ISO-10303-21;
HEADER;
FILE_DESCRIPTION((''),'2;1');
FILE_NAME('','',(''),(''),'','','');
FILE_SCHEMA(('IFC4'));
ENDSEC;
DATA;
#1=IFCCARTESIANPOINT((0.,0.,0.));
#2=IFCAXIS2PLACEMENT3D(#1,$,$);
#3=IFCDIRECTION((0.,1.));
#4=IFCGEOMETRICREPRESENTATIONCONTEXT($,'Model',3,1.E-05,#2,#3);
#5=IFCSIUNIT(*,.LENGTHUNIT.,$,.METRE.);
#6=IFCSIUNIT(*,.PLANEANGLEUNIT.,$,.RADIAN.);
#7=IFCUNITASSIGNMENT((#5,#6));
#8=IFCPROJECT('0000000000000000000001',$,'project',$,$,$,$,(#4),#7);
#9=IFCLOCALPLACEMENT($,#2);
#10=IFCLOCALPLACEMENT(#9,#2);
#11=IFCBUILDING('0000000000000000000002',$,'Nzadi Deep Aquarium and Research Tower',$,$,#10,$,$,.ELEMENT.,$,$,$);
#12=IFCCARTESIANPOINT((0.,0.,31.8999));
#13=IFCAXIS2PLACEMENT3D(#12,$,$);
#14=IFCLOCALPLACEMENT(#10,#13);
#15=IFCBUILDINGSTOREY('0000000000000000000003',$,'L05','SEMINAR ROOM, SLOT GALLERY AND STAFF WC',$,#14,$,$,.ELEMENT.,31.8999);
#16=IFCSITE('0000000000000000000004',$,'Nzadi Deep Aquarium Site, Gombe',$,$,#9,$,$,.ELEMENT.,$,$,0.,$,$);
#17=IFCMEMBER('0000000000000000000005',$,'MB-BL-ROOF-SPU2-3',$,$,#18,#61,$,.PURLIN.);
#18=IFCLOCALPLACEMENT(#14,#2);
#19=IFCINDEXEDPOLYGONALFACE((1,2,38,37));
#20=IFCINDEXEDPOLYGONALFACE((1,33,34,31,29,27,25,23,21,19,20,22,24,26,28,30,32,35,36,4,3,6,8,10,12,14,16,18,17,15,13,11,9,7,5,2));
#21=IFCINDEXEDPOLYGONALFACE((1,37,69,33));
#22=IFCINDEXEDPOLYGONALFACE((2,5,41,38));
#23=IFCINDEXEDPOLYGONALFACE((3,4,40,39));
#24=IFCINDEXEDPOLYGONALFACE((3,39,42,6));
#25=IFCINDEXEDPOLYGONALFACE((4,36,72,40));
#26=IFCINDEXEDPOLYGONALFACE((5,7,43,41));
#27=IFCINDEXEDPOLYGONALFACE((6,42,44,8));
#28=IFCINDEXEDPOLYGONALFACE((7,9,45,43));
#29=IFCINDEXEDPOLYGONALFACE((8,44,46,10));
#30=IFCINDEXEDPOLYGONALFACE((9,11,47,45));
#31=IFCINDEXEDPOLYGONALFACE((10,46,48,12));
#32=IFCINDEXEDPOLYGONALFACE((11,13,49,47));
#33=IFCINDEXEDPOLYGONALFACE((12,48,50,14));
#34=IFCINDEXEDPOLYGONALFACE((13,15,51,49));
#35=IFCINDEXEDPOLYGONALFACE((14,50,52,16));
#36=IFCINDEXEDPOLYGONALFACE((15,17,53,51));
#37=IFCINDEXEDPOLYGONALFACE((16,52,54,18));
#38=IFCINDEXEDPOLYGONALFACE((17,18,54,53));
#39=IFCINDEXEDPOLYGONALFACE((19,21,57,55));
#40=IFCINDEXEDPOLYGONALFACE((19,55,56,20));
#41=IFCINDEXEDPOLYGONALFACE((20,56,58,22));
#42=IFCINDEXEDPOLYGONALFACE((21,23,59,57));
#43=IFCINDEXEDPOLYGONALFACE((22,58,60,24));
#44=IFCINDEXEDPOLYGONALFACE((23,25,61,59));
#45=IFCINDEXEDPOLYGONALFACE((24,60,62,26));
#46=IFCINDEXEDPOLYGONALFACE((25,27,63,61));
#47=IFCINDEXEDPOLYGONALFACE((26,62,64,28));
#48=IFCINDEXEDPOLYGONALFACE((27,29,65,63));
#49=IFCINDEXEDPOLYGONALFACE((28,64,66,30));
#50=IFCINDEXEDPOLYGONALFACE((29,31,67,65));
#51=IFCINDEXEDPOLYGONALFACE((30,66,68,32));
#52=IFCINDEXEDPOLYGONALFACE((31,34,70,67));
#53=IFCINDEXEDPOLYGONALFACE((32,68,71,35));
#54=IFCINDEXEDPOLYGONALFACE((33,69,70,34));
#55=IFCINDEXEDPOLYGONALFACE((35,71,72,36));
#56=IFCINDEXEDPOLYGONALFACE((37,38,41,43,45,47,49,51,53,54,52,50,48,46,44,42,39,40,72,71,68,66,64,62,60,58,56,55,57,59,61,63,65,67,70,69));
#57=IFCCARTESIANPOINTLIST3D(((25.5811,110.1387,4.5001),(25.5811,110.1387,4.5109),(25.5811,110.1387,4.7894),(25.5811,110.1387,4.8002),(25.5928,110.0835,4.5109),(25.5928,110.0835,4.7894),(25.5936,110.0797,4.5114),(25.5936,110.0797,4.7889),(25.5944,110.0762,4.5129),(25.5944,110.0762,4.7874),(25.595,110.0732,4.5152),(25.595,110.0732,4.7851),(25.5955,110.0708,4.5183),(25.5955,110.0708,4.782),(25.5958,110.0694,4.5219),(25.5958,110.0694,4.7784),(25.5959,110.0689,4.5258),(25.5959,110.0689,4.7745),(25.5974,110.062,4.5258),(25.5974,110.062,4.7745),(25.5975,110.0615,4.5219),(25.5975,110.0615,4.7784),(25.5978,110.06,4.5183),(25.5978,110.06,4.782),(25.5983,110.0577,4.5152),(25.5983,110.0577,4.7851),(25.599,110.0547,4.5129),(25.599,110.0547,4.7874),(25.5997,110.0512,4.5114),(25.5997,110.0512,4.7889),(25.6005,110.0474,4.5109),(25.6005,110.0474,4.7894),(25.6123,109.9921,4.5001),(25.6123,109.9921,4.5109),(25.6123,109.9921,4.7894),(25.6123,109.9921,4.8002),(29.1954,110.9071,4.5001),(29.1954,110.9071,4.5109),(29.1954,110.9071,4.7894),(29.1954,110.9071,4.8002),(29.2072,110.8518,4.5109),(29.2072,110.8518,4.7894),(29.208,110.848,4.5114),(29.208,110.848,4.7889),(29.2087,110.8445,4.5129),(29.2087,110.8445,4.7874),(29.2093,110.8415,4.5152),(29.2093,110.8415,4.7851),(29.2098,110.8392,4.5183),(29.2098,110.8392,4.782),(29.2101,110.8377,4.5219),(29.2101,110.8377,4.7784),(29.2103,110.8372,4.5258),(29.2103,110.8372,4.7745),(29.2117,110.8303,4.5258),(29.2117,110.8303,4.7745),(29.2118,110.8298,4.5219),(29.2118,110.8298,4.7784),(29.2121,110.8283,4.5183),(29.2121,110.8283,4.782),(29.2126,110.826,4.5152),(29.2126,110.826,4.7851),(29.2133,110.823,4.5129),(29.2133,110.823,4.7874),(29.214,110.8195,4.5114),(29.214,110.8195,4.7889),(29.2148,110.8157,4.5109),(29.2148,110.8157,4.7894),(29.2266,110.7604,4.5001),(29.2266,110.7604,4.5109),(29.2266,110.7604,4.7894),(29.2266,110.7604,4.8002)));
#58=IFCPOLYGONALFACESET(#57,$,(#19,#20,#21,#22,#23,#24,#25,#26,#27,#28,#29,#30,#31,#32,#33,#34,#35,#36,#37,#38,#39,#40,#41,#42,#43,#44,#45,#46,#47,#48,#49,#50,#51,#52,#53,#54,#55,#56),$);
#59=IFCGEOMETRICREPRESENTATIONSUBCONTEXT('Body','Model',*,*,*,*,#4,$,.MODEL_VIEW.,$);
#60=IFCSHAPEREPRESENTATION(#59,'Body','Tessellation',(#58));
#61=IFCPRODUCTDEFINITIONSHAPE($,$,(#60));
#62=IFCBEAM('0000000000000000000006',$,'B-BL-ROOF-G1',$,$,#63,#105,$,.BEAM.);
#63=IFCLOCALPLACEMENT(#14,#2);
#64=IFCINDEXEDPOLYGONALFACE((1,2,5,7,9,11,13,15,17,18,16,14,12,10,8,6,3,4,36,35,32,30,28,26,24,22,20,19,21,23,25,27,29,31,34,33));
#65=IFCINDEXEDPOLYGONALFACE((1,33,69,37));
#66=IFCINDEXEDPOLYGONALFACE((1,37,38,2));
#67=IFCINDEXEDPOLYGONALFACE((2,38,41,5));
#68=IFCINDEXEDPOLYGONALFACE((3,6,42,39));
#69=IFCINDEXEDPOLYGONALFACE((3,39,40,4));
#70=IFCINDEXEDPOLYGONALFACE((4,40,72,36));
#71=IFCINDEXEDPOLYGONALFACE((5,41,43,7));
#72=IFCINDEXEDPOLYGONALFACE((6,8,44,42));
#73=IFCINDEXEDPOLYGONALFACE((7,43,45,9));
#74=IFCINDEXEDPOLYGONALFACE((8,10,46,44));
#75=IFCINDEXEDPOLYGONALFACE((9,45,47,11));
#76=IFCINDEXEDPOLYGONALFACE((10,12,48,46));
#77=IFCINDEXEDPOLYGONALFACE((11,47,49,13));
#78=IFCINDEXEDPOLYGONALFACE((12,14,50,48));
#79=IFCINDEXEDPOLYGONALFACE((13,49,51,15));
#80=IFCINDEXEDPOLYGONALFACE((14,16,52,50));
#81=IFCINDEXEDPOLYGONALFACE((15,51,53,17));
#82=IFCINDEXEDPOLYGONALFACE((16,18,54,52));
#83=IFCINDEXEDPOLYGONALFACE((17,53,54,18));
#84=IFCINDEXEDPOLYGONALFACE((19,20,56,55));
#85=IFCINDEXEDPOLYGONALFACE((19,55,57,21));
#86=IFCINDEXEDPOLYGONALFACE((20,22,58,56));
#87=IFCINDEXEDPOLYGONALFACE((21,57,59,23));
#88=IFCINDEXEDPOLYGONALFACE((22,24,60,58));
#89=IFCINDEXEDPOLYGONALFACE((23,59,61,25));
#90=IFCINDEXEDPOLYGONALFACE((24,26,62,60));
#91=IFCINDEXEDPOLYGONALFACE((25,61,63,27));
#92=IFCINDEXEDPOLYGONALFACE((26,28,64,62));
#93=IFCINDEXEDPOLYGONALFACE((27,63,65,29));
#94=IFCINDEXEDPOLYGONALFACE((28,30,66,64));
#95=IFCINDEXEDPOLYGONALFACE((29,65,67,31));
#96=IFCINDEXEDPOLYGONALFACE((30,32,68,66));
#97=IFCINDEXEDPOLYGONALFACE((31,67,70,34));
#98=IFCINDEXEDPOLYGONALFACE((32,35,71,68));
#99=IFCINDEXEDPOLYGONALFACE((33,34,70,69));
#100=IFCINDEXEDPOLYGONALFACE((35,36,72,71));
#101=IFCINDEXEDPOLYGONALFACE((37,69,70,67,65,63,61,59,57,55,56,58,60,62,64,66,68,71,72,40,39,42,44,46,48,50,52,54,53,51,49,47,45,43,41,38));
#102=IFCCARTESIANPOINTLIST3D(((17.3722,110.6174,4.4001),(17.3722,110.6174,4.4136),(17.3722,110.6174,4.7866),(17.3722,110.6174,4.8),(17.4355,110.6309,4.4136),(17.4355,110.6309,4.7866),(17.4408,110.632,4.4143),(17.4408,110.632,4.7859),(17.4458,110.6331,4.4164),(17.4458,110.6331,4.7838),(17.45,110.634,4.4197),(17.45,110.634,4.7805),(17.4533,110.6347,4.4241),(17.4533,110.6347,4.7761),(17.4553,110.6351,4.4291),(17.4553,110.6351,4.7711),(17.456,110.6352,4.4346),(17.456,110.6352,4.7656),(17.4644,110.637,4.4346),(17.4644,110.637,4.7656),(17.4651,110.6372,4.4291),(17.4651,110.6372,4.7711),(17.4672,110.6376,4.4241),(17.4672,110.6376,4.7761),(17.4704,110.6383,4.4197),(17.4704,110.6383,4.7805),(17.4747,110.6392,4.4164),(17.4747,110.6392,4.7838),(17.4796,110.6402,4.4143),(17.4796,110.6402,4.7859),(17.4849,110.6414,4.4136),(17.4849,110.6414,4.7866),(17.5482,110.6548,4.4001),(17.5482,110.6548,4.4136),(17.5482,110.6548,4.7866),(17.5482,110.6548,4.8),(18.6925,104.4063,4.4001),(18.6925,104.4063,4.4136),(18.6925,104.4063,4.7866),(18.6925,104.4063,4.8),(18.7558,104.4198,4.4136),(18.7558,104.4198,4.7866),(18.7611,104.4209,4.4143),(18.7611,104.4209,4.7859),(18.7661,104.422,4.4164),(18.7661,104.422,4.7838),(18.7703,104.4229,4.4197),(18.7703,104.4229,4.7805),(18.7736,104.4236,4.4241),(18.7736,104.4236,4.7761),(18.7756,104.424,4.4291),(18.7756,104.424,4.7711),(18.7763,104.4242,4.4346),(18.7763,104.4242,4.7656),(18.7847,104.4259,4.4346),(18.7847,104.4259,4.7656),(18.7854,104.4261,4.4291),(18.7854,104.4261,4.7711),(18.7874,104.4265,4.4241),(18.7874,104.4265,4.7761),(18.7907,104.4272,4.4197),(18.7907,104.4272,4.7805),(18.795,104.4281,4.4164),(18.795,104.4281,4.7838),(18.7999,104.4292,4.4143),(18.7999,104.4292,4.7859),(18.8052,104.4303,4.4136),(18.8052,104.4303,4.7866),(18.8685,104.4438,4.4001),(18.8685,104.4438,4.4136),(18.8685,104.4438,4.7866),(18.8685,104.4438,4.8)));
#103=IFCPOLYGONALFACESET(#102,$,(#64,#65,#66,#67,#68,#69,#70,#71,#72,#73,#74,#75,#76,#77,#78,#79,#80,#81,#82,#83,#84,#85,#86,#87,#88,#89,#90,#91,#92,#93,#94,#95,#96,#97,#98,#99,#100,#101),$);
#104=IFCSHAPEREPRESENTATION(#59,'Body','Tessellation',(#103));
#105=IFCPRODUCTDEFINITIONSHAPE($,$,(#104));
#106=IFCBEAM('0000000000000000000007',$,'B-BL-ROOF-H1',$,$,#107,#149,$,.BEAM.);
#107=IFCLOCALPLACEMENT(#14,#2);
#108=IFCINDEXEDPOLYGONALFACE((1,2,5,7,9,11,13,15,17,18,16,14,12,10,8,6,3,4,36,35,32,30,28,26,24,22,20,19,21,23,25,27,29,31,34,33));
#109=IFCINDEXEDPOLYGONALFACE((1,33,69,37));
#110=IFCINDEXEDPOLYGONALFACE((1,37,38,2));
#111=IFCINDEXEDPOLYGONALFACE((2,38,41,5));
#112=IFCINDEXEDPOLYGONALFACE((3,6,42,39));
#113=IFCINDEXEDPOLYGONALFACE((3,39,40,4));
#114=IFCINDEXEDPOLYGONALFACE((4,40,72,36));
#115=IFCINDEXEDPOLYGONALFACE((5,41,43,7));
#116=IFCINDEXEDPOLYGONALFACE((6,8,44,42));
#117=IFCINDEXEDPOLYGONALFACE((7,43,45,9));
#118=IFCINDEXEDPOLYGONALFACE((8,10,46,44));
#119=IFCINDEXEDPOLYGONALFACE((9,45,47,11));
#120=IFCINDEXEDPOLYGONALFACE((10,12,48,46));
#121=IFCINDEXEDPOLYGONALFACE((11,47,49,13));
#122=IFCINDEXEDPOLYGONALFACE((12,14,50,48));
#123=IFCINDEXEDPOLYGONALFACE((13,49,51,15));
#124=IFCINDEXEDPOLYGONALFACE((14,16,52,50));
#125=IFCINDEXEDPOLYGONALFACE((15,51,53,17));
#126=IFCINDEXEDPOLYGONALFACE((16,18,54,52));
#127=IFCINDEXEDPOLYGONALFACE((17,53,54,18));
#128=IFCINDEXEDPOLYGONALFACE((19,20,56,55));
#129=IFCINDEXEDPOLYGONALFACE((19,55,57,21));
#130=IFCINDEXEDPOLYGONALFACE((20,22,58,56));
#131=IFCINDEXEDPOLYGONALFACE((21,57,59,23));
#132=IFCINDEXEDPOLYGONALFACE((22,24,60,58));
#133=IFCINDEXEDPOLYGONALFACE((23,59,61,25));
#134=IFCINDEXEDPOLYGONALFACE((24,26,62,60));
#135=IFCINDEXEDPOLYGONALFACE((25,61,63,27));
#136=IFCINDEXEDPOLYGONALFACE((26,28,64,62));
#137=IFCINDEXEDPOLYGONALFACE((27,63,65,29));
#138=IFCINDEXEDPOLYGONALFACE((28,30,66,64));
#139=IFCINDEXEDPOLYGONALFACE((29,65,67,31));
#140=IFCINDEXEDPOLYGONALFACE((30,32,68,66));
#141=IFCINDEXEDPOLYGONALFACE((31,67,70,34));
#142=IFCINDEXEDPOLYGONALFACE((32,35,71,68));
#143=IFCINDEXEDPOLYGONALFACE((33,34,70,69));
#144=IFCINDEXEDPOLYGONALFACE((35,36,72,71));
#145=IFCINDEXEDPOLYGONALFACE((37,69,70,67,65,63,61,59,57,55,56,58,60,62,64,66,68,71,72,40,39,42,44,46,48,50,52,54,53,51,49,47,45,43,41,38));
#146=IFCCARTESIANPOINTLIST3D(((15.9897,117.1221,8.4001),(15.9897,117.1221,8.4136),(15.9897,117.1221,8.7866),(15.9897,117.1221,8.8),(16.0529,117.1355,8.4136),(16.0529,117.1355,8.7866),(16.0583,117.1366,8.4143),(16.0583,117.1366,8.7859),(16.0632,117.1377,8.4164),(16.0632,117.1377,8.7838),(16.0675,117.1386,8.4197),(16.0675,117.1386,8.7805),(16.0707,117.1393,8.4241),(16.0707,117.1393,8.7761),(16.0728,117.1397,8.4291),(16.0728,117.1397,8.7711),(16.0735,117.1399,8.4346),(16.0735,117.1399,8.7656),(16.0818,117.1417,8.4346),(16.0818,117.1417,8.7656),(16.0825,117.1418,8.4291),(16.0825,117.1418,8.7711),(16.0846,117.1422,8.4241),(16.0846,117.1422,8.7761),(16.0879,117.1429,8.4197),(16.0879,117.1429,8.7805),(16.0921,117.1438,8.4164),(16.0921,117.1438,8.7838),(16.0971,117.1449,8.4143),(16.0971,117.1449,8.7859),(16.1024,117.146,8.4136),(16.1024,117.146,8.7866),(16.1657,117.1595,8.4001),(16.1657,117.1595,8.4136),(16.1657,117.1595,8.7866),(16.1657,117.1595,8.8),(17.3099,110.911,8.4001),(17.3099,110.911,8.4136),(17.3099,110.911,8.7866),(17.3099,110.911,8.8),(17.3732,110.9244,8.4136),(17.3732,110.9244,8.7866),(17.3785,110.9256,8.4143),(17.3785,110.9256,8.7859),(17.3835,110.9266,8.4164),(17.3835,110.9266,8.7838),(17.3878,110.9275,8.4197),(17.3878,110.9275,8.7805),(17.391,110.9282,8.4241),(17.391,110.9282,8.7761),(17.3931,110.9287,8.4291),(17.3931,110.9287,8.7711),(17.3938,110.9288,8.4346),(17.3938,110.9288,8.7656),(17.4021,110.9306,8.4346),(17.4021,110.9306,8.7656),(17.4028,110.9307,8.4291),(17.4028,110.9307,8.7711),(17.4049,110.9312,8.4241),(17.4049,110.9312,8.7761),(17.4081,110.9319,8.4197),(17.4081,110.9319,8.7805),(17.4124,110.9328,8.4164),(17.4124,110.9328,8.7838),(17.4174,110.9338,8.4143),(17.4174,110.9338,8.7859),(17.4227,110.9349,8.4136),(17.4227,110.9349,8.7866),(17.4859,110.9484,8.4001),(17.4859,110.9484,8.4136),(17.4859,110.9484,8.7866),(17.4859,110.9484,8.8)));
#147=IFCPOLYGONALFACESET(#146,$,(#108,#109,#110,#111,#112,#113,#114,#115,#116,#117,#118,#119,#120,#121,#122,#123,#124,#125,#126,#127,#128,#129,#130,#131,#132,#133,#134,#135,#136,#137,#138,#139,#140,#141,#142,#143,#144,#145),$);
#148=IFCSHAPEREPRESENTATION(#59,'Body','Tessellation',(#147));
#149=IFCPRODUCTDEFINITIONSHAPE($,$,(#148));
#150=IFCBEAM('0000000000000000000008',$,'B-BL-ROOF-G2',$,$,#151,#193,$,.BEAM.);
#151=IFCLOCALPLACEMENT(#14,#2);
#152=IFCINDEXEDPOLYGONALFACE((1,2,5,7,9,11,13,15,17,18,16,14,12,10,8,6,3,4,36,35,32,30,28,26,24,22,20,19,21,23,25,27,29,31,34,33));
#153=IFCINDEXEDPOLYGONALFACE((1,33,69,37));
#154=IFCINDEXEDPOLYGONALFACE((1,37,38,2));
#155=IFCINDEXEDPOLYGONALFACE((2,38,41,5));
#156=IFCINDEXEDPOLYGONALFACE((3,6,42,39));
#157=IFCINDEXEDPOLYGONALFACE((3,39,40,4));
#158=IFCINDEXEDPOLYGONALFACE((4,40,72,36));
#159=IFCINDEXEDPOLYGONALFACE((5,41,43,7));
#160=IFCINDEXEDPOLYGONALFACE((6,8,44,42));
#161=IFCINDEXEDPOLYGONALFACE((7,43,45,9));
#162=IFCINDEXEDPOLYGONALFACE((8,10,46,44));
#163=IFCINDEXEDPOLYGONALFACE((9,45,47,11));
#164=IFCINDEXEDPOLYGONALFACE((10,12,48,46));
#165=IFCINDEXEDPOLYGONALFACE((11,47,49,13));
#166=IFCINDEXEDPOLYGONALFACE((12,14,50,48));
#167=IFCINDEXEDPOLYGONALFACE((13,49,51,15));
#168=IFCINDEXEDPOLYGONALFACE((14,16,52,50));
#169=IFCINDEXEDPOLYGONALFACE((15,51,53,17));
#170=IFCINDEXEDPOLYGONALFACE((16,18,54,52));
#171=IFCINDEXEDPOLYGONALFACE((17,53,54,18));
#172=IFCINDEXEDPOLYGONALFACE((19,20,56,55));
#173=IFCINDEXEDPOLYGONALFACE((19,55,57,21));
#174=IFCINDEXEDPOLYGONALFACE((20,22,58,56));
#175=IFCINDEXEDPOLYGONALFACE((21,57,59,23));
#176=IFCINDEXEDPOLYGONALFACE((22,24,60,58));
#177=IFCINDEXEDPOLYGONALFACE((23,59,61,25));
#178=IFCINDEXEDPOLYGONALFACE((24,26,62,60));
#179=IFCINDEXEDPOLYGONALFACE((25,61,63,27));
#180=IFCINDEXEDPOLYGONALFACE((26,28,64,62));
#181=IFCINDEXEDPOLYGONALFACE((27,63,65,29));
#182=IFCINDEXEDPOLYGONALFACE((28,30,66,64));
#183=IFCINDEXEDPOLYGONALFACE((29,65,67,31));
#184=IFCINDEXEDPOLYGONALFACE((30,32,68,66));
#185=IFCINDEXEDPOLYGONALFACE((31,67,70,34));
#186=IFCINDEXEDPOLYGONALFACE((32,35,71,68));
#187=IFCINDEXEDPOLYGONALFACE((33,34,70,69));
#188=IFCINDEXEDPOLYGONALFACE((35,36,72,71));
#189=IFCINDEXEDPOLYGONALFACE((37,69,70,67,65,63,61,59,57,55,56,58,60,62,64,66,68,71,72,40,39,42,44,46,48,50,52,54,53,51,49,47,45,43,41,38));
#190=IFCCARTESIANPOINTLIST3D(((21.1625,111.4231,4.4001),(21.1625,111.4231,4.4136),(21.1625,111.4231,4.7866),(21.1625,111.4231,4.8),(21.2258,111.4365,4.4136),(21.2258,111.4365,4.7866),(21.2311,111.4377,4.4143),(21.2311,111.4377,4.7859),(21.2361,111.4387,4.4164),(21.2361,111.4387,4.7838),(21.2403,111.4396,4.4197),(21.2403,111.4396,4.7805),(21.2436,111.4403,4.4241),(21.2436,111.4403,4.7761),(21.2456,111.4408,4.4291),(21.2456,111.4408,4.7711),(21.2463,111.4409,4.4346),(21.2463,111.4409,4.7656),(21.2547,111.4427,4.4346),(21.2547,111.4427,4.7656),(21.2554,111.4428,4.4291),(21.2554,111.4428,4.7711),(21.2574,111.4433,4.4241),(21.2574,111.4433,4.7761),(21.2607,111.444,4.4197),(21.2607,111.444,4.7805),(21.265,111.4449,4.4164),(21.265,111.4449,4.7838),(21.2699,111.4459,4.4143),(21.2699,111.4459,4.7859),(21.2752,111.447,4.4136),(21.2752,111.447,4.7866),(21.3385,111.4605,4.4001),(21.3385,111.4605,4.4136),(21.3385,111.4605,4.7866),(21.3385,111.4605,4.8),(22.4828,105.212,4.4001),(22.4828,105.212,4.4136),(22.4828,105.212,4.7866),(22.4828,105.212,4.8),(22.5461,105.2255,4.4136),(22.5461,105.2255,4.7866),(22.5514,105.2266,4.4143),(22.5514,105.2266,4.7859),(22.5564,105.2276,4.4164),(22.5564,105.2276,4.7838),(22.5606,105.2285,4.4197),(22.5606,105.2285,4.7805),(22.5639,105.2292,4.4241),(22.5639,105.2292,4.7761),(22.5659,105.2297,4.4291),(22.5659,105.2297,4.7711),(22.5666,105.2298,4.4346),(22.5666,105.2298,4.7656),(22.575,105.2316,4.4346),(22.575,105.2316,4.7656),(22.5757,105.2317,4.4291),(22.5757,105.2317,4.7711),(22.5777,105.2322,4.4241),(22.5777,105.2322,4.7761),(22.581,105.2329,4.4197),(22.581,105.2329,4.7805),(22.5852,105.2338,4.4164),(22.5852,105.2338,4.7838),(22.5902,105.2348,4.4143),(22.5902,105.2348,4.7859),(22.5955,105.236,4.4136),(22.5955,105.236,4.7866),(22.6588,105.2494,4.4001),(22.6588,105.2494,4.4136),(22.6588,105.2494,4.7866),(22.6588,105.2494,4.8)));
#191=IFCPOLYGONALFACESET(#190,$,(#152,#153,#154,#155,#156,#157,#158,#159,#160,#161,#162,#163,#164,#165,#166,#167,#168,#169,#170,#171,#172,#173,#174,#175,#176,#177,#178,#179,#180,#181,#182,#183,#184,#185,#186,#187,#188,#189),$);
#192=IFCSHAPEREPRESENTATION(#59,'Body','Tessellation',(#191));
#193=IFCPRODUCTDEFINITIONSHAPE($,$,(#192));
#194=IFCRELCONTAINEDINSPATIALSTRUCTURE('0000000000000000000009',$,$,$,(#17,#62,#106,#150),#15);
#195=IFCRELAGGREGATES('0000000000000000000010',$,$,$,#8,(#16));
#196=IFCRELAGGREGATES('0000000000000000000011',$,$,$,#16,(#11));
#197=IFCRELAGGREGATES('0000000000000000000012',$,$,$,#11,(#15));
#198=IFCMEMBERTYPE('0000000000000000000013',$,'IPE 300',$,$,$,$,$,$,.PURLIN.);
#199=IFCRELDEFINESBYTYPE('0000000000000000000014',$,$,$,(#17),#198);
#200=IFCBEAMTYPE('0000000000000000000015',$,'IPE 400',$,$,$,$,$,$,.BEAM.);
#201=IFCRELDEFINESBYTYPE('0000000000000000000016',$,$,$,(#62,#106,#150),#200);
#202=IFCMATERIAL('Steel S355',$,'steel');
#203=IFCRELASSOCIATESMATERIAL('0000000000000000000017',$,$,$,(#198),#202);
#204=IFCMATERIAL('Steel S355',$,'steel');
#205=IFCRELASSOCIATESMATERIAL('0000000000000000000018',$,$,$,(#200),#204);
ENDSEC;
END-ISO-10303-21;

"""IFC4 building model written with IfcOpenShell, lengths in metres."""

from ifc_helpers import new_model, si_unit, direction, frame, origin, origin_2d, place, context, subcontext, project, spatial, i_section, extrude, material, material_profile, profile_set, type_object, element, save


model = new_model("IFC4")

# Units and contexts
model_context = context("Model", 3, precision=1e-05, world=origin(), true_north=direction((0.0, 1.0)))
body_context = subcontext(model_context, "Body", "Model", "MODEL_VIEW")
ifc_project = project(units=[si_unit("LENGTHUNIT", "METRE"), si_unit("PLANEANGLEUNIT", "RADIAN")], contexts=[model_context])

# Site, building, storey
site_placement = place(None, origin())
site = spatial("IfcSite", under=ifc_project, at=site_placement, Name="Nzadi Deep Aquarium Site, Gombe", CompositionType="ELEMENT", RefElevation=0.0)
building_placement = place(site_placement, origin())
building = spatial("IfcBuilding", under=site, at=building_placement, Name="Nzadi Deep Aquarium and Research Tower", CompositionType="ELEMENT")
storey_placement = place(building_placement, frame((0.0, 0.0, 31.8999)))
storey = spatial("IfcBuildingStorey", under=building, at=storey_placement, Name="L05", Description="SEMINAR ROOM, SLOT GALLERY AND STAFF WC", CompositionType="ELEMENT", Elevation=31.8999)

# Member
ifc_material_1 = material(Name="Steel S355", Category="steel")
ifc_material_profile_1 = material_profile(ifc_material_1, i_section(OverallWidth=0.1499, OverallDepth=0.3, WebThickness=0.0071, FlangeThickness=0.0107, FilletRadius=0.0149, at=origin_2d()))
ifc_profile_set_1 = profile_set([ifc_material_profile_1], Name="Steel S355")
member_type_1 = type_object("IfcMemberType", Name="IPE 300", PredefinedType="PURLIN", material=ifc_profile_set_1)
for number, where, z_axis, x_axis, name in (
    (1, (25.5967, 110.0654, 4.6501), (0.978143, 0.207931, 0.0), (-0.207931, 0.978143, 0.0), "MB-BL-ROOF-SPU2-3"),
):
    element("IfcMember", number, at=place(storey_placement, frame(where, z_axis=z_axis, x_axis=x_axis)), inside=storey, type_object=member_type_1, Name=name, PredefinedType="PURLIN", context=body_context, shape_type="SweptSolid", body=[
        extrude(i_section(OverallWidth=0.1499, OverallDepth=0.3, WebThickness=0.0071, FlangeThickness=0.0107, FilletRadius=0.0149, at=origin_2d()), origin(), (0.0, 0.0, 1.0), 3.6951),
    ])

# Beams
ifc_material_2 = material(Name="Steel S355", Category="steel")
ifc_material_profile_2 = material_profile(ifc_material_2, i_section(OverallWidth=0.1799, OverallDepth=0.3999, WebThickness=0.0085, FlangeThickness=0.0134, FilletRadius=0.021, at=origin_2d()))
ifc_profile_set_2 = profile_set([ifc_material_profile_2], Name="Steel S355")
beam_type = type_object("IfcBeamType", Name="IPE 400", PredefinedType="BEAM", material=ifc_profile_set_2)
for number, where, z_axis, x_axis, name in (
    (2, (18.7805, 104.425, 4.6001), (-0.207925, 0.978145, 0.0), (-0.978145, -0.207925, 0.0), "B-BL-ROOF-G1"),
    (3, (17.3979, 110.9297, 8.6001), (-0.207925, 0.978145, 0.0), (-0.978145, -0.207925, 0.0), "B-BL-ROOF-H1"),
    (4, (22.5708, 105.2307, 4.6001), (-0.207925, 0.978145, 0.0), (-0.978145, -0.207925, 0.0), "B-BL-ROOF-G2"),
):
    element("IfcBeam", number, at=place(storey_placement, frame(where, z_axis=z_axis, x_axis=x_axis)), inside=storey, type_object=beam_type, Name=name, PredefinedType="BEAM", context=body_context, shape_type="SweptSolid", body=[
        extrude(i_section(OverallWidth=0.1799, OverallDepth=0.3999, WebThickness=0.0085, FlangeThickness=0.0134, FilletRadius=0.021, at=origin_2d()), origin(), (0.0, 0.0, 1.0), 6.3499),
    ])

save(model, "model.ifc")
